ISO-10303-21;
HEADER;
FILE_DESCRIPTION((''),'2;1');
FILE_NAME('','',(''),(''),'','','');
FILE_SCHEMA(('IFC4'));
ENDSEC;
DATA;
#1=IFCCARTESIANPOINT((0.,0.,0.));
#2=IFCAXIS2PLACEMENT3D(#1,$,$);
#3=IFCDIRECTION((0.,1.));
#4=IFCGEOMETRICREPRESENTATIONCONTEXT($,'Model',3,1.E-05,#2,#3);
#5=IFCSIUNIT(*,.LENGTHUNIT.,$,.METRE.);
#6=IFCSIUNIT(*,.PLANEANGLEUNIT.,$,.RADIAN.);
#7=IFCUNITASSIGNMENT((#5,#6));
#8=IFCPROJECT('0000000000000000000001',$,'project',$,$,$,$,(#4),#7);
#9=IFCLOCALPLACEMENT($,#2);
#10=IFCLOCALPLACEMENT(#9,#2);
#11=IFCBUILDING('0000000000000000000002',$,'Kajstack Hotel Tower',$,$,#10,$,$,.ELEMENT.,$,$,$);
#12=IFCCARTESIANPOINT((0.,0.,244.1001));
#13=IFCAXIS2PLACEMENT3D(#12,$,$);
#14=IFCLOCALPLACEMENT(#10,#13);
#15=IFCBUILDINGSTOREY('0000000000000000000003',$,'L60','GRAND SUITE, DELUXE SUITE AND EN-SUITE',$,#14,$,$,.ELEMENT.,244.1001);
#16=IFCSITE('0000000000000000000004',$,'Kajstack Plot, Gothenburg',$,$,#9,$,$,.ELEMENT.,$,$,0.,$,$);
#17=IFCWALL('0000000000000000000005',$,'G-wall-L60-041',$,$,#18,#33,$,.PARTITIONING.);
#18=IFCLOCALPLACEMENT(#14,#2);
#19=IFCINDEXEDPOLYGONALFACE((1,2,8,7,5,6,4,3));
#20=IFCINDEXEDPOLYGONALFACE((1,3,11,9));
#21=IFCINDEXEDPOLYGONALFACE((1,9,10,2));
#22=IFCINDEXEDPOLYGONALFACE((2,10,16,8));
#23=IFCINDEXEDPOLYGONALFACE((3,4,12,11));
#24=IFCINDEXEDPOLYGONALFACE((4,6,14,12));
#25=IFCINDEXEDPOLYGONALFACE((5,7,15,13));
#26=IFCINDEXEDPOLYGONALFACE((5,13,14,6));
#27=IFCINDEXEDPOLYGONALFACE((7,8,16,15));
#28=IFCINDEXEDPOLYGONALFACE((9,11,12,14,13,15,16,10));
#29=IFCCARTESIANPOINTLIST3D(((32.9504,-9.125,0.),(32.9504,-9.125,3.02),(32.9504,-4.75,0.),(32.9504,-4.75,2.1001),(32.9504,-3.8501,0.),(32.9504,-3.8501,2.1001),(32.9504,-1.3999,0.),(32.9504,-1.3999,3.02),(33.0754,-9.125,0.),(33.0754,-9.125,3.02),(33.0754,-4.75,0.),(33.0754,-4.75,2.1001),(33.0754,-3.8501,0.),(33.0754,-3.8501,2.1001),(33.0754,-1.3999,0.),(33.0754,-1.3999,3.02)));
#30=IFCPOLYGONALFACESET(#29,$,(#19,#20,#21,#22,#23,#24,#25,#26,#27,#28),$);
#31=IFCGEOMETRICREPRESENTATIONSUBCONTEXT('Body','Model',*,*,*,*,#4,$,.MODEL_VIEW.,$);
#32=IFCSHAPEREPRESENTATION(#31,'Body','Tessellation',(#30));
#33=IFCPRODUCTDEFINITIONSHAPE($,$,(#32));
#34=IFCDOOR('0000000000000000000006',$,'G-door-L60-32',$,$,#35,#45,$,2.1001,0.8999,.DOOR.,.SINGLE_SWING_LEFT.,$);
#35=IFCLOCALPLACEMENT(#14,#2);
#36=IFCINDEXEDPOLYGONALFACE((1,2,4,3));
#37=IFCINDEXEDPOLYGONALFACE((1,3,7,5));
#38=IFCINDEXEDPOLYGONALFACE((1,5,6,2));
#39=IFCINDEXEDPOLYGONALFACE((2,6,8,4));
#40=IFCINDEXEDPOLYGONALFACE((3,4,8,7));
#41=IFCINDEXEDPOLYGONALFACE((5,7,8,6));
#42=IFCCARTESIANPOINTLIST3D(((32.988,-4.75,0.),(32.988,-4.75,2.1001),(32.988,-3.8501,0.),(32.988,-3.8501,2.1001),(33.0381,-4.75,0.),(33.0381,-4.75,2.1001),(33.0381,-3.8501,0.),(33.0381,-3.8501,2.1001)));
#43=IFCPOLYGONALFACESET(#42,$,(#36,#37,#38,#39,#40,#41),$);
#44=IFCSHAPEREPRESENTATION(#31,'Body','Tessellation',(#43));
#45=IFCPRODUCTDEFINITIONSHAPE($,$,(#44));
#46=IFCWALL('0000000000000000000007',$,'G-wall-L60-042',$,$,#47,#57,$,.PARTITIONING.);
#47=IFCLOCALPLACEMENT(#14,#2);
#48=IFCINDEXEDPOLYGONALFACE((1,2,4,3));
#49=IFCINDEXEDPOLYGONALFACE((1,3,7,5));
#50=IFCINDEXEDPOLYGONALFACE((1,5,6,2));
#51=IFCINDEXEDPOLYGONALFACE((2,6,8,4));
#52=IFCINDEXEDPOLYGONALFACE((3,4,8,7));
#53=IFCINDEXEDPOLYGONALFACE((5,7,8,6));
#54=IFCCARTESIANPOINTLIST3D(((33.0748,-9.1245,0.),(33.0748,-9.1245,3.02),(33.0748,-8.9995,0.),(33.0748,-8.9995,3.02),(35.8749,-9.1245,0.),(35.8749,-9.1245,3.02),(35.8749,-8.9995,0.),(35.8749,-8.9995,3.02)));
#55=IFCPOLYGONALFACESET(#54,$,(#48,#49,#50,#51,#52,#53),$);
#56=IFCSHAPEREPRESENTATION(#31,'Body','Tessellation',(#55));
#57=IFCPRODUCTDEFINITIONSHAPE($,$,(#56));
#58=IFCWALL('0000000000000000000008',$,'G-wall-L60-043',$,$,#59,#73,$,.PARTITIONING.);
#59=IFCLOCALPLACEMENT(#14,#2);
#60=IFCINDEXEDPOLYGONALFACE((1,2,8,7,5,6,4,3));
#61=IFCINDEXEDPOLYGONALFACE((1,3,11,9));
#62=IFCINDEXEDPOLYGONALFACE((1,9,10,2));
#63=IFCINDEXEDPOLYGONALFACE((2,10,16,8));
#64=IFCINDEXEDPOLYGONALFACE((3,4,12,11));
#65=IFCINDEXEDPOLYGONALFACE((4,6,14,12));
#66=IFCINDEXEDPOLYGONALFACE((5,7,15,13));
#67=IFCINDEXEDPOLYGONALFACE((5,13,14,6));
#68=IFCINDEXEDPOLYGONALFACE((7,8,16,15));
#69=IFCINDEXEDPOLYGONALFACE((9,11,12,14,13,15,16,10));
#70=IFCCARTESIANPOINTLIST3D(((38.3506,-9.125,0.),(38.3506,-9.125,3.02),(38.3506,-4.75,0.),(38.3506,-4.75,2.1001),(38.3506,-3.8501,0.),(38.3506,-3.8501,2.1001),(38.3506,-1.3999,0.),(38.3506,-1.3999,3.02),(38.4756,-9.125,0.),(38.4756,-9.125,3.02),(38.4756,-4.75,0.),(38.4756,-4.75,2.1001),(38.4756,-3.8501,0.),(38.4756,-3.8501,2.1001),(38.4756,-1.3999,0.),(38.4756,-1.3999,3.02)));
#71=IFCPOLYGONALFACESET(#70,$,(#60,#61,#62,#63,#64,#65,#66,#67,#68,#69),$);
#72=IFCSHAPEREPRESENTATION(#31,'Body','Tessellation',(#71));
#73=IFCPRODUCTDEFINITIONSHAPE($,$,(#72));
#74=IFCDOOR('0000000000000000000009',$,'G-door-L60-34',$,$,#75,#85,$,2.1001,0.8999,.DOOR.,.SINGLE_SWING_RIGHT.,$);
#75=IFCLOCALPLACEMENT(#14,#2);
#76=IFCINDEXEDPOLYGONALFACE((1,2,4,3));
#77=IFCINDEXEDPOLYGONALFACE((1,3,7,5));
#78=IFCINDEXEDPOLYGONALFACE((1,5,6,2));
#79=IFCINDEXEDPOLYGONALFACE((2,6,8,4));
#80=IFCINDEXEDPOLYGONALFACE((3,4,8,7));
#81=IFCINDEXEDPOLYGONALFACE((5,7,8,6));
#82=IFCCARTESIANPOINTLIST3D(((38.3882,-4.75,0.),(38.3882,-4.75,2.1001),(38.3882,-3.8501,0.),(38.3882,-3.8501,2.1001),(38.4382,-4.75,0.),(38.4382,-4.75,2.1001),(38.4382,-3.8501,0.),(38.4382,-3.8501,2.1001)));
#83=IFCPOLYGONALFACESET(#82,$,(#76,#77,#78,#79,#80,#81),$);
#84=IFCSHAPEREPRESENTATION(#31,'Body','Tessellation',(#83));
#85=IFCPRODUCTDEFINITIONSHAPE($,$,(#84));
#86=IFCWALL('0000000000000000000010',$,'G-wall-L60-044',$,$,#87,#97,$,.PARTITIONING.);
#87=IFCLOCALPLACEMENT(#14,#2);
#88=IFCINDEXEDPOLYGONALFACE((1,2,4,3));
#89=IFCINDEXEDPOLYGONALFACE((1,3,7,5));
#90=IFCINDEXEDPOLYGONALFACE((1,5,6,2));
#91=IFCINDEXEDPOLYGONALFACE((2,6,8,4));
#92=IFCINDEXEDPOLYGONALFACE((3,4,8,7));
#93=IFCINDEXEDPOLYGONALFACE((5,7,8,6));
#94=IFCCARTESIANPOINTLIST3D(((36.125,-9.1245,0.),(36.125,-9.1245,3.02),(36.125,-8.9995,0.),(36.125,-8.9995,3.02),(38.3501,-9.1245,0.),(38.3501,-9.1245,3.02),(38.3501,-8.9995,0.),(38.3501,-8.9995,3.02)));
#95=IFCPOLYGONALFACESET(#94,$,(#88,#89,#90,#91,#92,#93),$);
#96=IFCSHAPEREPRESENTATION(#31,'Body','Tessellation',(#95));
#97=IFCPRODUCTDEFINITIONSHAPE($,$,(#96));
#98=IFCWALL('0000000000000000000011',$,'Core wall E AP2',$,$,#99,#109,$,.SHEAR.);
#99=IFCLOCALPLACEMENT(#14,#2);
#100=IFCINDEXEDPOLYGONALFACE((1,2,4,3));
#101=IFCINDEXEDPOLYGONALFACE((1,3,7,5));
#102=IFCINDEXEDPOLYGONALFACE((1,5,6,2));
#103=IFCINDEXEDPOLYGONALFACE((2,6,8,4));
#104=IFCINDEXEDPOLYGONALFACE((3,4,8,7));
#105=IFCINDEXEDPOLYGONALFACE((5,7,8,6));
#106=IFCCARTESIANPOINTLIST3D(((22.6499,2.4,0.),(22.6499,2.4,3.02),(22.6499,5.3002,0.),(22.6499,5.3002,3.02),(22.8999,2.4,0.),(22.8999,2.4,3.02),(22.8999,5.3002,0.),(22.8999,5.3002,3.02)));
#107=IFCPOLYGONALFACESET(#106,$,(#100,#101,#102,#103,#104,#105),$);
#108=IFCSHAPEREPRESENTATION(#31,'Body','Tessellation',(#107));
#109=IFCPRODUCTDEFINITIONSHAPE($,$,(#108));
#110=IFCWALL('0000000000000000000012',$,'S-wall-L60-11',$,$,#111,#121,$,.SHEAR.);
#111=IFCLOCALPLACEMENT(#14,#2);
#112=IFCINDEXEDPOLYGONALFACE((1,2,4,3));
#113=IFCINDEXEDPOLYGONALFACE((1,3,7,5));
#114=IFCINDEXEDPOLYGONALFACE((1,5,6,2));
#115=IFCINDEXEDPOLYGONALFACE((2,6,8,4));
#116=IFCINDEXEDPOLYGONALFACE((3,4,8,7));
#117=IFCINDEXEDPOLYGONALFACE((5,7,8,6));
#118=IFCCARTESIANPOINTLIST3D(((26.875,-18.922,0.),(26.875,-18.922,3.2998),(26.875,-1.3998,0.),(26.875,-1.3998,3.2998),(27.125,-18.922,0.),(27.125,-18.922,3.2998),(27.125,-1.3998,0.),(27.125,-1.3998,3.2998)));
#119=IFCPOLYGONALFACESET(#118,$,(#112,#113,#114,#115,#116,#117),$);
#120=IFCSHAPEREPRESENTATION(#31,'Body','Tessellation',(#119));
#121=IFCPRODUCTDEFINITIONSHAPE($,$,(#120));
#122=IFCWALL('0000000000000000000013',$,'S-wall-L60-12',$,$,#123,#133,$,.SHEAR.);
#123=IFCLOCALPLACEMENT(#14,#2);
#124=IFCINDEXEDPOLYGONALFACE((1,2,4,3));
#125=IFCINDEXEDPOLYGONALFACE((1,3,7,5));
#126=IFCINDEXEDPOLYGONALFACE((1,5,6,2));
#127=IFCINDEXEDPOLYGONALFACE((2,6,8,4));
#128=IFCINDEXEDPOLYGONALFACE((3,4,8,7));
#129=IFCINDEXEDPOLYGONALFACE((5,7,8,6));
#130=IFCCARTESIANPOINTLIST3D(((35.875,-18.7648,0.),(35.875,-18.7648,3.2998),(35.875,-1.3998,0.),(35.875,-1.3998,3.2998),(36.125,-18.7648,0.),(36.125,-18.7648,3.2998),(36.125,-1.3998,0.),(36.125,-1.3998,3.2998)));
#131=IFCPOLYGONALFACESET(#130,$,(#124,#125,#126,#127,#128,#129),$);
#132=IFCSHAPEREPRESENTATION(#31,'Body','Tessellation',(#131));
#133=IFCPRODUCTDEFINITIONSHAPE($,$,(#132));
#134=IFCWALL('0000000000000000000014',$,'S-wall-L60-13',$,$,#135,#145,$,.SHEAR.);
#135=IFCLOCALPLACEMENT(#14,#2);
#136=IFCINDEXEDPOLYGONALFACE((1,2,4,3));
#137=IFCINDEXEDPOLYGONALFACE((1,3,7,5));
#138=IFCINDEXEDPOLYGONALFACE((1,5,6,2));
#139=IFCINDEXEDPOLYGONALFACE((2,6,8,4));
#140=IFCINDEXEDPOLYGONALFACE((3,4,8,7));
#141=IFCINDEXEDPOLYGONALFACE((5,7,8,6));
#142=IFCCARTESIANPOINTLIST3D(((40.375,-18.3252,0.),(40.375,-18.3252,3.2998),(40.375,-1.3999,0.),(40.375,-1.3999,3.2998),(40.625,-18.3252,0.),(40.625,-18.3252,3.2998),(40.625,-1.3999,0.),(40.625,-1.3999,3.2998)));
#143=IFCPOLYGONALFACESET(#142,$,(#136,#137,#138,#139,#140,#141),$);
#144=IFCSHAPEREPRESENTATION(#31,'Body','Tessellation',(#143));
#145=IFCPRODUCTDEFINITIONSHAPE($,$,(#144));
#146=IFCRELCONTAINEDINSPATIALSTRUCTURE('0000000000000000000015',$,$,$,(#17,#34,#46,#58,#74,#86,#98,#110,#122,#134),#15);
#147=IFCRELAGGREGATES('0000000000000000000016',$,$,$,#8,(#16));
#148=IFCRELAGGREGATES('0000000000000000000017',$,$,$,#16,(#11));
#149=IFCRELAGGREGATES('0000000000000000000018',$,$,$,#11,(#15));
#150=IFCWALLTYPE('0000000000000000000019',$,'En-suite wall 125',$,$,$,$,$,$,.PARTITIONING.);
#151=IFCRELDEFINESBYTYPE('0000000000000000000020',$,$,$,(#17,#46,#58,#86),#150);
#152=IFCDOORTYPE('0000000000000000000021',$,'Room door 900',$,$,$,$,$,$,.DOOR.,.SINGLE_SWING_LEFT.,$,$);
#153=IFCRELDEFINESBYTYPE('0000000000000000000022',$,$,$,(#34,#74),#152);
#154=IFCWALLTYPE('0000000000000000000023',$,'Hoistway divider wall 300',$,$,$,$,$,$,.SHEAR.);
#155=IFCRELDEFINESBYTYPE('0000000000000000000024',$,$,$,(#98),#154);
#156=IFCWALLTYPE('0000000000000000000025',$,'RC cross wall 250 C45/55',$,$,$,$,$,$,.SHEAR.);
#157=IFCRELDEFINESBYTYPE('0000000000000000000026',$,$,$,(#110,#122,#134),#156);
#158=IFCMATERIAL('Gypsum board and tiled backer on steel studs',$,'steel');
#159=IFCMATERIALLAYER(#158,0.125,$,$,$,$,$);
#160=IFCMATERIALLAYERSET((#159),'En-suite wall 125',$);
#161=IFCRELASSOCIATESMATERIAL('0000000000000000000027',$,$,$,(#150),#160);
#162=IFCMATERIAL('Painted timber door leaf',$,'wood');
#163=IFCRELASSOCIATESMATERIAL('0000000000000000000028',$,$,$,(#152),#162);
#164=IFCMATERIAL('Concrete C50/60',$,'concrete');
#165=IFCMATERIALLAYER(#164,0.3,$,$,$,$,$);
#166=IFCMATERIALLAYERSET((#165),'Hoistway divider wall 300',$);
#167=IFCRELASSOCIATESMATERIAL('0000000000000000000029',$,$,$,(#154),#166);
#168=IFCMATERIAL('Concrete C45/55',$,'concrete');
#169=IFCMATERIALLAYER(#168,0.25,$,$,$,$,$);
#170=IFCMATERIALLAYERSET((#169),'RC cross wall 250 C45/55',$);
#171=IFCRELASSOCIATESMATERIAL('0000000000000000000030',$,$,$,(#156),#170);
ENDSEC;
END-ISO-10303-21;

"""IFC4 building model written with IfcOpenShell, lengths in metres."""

from ifc_helpers import new_model, si_unit, direction, frame, frame_2d, origin, place, context, subcontext, project, spatial, rectangle, extrude, material, layer, layer_set, type_object, element, fill, save


model = new_model("IFC4")

# Units and contexts
model_context = context("Model", 3, precision=1e-05, world=origin(), true_north=direction((0.0, 1.0)))
body_context = subcontext(model_context, "Body", "Model", "MODEL_VIEW")
ifc_project = project(units=[si_unit("LENGTHUNIT", "METRE"), si_unit("PLANEANGLEUNIT", "RADIAN")], contexts=[model_context])

# Site, building, storey
site_placement = place(None, origin())
site = spatial("IfcSite", under=ifc_project, at=site_placement, Name="Kajstack Plot, Gothenburg", CompositionType="ELEMENT", RefElevation=0.0)
building_placement = place(site_placement, origin())
building = spatial("IfcBuilding", under=site, at=building_placement, Name="Kajstack Hotel Tower", CompositionType="ELEMENT")
storey_placement = place(building_placement, frame((0.0, 0.0, 244.1001)))
storey = spatial("IfcBuildingStorey", under=building, at=storey_placement, Name="L60", Description="GRAND SUITE, DELUXE SUITE AND EN-SUITE", CompositionType="ELEMENT", Elevation=244.1001)

# Shared definitions
ifc_material_1 = material(Name="Gypsum board and tiled backer on steel studs", Category="steel")
ifc_layer_1 = layer(ifc_material_1, 0.125)
ifc_layer_set_1 = layer_set([ifc_layer_1], Name="En-suite wall 125")
wall_type_1 = type_object("IfcWallType", Name="En-suite wall 125", PredefinedType="PARTITIONING", material=ifc_layer_set_1)
ifc_material_2 = material(Name="Painted timber door leaf", Category="wood")
door_type_1 = type_object("IfcDoorType", Name="Room door 900", OperationType="SINGLE_SWING_LEFT", PredefinedType="DOOR", material=ifc_material_2)

# Wall, opening, door
wall_1_placement = place(storey_placement, frame((33.0129, -9.125, 0.0), z_axis=(0.0, 0.0, 1.0), x_axis=(0.0, 1.0, 0.0)))
wall_1 = element("IfcWall", 1, at=wall_1_placement, inside=storey, type_object=wall_type_1, Name="G-wall-L60-041", PredefinedType="PARTITIONING", context=body_context, shape_type="SweptSolid", body=[
    extrude(rectangle(XDim=7.7251, YDim=0.125, at=frame_2d((3.8625, 0.0))), origin(), (0.0, 0.0, 1.0), 3.02),
])
opening_1_placement = place(wall_1_placement, frame((4.375, 0.0, 0.0)))
opening_1 = element("IfcOpeningElement", 2, at=opening_1_placement, cuts=wall_1, PredefinedType="OPENING", context=body_context, shape_type="SweptSolid", body=[
    extrude(rectangle(XDim=0.8999, YDim=2.1001, at=frame_2d((0.45, 1.05))), frame((0.0, 0.0725, 0.0), z_axis=(0.0, -1.0, 0.0), x_axis=(1.0, 0.0, 0.0)), (0.0, 0.0, 1.0), 0.145),
])
door_1_placement = place(opening_1_placement, origin())
door_1 = element("IfcDoor", 3, at=door_1_placement, inside=storey, type_object=door_type_1, Name="G-door-L60-32", OperationType="SINGLE_SWING_LEFT", OverallHeight=2.1001, OverallWidth=0.8999, PredefinedType="DOOR", context=body_context, shape_type="SweptSolid", body=[
    extrude(rectangle(XDim=0.8999, YDim=2.1001, at=frame_2d((0.45, 1.05))), frame((0.0, 0.0249, 0.0), z_axis=(0.0, -1.0, 0.0), x_axis=(1.0, 0.0, 0.0)), (0.0, 0.0, 1.0), 0.05),
])
fill(opening_1, door_1)

# Wall
wall_2_placement = place(storey_placement, frame((33.075, -9.062, 0.0), z_axis=(0.0, 0.0, 1.0), x_axis=(1.0, 0.0, 0.0)))
element("IfcWall", 4, at=wall_2_placement, inside=storey, type_object=wall_type_1, Name="G-wall-L60-042", PredefinedType="PARTITIONING", context=body_context, shape_type="SweptSolid", body=[
    extrude(rectangle(XDim=2.8, YDim=0.125, at=frame_2d((1.3999, 0.0))), origin(), (0.0, 0.0, 1.0), 3.02),
])

# Wall, opening, door
wall_3_placement = place(storey_placement, frame((38.4131, -9.125, 0.0), z_axis=(0.0, 0.0, 1.0), x_axis=(0.0, 1.0, 0.0)))
wall_3 = element("IfcWall", 5, at=wall_3_placement, inside=storey, type_object=wall_type_1, Name="G-wall-L60-043", PredefinedType="PARTITIONING", context=body_context, shape_type="SweptSolid", body=[
    extrude(rectangle(XDim=7.7251, YDim=0.125, at=frame_2d((3.8625, 0.0))), origin(), (0.0, 0.0, 1.0), 3.02),
])
opening_2_placement = place(wall_3_placement, frame((4.375, 0.0, 0.0)))
opening_2 = element("IfcOpeningElement", 6, at=opening_2_placement, cuts=wall_3, PredefinedType="OPENING", context=body_context, shape_type="SweptSolid", body=[
    extrude(rectangle(XDim=0.8999, YDim=2.1001, at=frame_2d((0.45, 1.05))), frame((0.0, 0.0725, 0.0), z_axis=(0.0, -1.0, 0.0), x_axis=(1.0, 0.0, 0.0)), (0.0, 0.0, 1.0), 0.145),
])
door_2_placement = place(opening_2_placement, origin())
door_2 = element("IfcDoor", 7, at=door_2_placement, inside=storey, type_object=door_type_1, Name="G-door-L60-34", OperationType="SINGLE_SWING_RIGHT", OverallHeight=2.1001, OverallWidth=0.8999, PredefinedType="DOOR", context=body_context, shape_type="SweptSolid", body=[
    extrude(rectangle(XDim=0.8999, YDim=2.1001, at=frame_2d((0.45, 1.05))), frame((0.0, 0.0249, 0.0), z_axis=(0.0, -1.0, 0.0), x_axis=(1.0, 0.0, 0.0)), (0.0, 0.0, 1.0), 0.05),
])
fill(opening_2, door_2)

# Walls
wall_4_placement = place(storey_placement, frame((36.125, -9.062, 0.0), z_axis=(0.0, 0.0, 1.0), x_axis=(1.0, 0.0, 0.0)))
element("IfcWall", 8, at=wall_4_placement, inside=storey, type_object=wall_type_1, Name="G-wall-L60-044", PredefinedType="PARTITIONING", context=body_context, shape_type="SweptSolid", body=[
    extrude(rectangle(XDim=2.2251, YDim=0.125, at=frame_2d((1.1125, 0.0))), origin(), (0.0, 0.0, 1.0), 3.02),
])
ifc_material_3 = material(Name="Concrete C50/60", Category="concrete")
ifc_layer_2 = layer(ifc_material_3, 0.3)
ifc_layer_set_2 = layer_set([ifc_layer_2], Name="Hoistway divider wall 300")
wall_type_2 = type_object("IfcWallType", Name="Hoistway divider wall 300", PredefinedType="SHEAR", material=ifc_layer_set_2)
wall_5_placement = place(storey_placement, frame((22.7749, 2.3999, 0.0), z_axis=(0.0, 0.0, 1.0), x_axis=(0.0, 1.0, 0.0)))
element("IfcWall", 9, at=wall_5_placement, inside=storey, type_object=wall_type_2, Name="Core wall E AP2", PredefinedType="SHEAR", context=body_context, shape_type="SweptSolid", body=[
    extrude(rectangle(XDim=2.9001, YDim=0.25, at=frame_2d((1.4502, 0.0))), origin(), (0.0, 0.0, 1.0), 3.02),
])
ifc_material_4 = material(Name="Concrete C45/55", Category="concrete")
ifc_layer_3 = layer(ifc_material_4, 0.25)
ifc_layer_set_3 = layer_set([ifc_layer_3], Name="RC cross wall 250 C45/55")
wall_type_3 = type_object("IfcWallType", Name="RC cross wall 250 C45/55", PredefinedType="SHEAR", material=ifc_layer_set_3)
wall_6_placement = place(storey_placement, frame((27.0, -18.9221, 0.0), z_axis=(0.0, 0.0, 1.0), x_axis=(0.0, 1.0, 0.0)))
element("IfcWall", 10, at=wall_6_placement, inside=storey, type_object=wall_type_3, Name="S-wall-L60-11", PredefinedType="SHEAR", context=body_context, shape_type="SweptSolid", body=[
    extrude(rectangle(XDim=17.5222, YDim=0.25, at=frame_2d((8.7612, 0.0))), origin(), (0.0, 0.0, 1.0), 3.2998),
])
wall_7_placement = place(storey_placement, frame((36.0, -18.7649, 0.0), z_axis=(0.0, 0.0, 1.0), x_axis=(0.0, 1.0, 0.0)))
element("IfcWall", 11, at=wall_7_placement, inside=storey, type_object=wall_type_3, Name="S-wall-L60-12", PredefinedType="SHEAR", context=body_context, shape_type="SweptSolid", body=[
    extrude(rectangle(XDim=17.365, YDim=0.25, at=frame_2d((8.6826, 0.0))), origin(), (0.0, 0.0, 1.0), 3.2998),
])
wall_8_placement = place(storey_placement, frame((40.5, -18.3252, 0.0), z_axis=(0.0, 0.0, 1.0), x_axis=(0.0, 1.0, 0.0)))
element("IfcWall", 12, at=wall_8_placement, inside=storey, type_object=wall_type_3, Name="S-wall-L60-13", PredefinedType="SHEAR", context=body_context, shape_type="SweptSolid", body=[
    extrude(rectangle(XDim=16.9253, YDim=0.25, at=frame_2d((8.4626, 0.0))), origin(), (0.0, 0.0, 1.0), 3.2998),
])

save(model, "model.ifc")
